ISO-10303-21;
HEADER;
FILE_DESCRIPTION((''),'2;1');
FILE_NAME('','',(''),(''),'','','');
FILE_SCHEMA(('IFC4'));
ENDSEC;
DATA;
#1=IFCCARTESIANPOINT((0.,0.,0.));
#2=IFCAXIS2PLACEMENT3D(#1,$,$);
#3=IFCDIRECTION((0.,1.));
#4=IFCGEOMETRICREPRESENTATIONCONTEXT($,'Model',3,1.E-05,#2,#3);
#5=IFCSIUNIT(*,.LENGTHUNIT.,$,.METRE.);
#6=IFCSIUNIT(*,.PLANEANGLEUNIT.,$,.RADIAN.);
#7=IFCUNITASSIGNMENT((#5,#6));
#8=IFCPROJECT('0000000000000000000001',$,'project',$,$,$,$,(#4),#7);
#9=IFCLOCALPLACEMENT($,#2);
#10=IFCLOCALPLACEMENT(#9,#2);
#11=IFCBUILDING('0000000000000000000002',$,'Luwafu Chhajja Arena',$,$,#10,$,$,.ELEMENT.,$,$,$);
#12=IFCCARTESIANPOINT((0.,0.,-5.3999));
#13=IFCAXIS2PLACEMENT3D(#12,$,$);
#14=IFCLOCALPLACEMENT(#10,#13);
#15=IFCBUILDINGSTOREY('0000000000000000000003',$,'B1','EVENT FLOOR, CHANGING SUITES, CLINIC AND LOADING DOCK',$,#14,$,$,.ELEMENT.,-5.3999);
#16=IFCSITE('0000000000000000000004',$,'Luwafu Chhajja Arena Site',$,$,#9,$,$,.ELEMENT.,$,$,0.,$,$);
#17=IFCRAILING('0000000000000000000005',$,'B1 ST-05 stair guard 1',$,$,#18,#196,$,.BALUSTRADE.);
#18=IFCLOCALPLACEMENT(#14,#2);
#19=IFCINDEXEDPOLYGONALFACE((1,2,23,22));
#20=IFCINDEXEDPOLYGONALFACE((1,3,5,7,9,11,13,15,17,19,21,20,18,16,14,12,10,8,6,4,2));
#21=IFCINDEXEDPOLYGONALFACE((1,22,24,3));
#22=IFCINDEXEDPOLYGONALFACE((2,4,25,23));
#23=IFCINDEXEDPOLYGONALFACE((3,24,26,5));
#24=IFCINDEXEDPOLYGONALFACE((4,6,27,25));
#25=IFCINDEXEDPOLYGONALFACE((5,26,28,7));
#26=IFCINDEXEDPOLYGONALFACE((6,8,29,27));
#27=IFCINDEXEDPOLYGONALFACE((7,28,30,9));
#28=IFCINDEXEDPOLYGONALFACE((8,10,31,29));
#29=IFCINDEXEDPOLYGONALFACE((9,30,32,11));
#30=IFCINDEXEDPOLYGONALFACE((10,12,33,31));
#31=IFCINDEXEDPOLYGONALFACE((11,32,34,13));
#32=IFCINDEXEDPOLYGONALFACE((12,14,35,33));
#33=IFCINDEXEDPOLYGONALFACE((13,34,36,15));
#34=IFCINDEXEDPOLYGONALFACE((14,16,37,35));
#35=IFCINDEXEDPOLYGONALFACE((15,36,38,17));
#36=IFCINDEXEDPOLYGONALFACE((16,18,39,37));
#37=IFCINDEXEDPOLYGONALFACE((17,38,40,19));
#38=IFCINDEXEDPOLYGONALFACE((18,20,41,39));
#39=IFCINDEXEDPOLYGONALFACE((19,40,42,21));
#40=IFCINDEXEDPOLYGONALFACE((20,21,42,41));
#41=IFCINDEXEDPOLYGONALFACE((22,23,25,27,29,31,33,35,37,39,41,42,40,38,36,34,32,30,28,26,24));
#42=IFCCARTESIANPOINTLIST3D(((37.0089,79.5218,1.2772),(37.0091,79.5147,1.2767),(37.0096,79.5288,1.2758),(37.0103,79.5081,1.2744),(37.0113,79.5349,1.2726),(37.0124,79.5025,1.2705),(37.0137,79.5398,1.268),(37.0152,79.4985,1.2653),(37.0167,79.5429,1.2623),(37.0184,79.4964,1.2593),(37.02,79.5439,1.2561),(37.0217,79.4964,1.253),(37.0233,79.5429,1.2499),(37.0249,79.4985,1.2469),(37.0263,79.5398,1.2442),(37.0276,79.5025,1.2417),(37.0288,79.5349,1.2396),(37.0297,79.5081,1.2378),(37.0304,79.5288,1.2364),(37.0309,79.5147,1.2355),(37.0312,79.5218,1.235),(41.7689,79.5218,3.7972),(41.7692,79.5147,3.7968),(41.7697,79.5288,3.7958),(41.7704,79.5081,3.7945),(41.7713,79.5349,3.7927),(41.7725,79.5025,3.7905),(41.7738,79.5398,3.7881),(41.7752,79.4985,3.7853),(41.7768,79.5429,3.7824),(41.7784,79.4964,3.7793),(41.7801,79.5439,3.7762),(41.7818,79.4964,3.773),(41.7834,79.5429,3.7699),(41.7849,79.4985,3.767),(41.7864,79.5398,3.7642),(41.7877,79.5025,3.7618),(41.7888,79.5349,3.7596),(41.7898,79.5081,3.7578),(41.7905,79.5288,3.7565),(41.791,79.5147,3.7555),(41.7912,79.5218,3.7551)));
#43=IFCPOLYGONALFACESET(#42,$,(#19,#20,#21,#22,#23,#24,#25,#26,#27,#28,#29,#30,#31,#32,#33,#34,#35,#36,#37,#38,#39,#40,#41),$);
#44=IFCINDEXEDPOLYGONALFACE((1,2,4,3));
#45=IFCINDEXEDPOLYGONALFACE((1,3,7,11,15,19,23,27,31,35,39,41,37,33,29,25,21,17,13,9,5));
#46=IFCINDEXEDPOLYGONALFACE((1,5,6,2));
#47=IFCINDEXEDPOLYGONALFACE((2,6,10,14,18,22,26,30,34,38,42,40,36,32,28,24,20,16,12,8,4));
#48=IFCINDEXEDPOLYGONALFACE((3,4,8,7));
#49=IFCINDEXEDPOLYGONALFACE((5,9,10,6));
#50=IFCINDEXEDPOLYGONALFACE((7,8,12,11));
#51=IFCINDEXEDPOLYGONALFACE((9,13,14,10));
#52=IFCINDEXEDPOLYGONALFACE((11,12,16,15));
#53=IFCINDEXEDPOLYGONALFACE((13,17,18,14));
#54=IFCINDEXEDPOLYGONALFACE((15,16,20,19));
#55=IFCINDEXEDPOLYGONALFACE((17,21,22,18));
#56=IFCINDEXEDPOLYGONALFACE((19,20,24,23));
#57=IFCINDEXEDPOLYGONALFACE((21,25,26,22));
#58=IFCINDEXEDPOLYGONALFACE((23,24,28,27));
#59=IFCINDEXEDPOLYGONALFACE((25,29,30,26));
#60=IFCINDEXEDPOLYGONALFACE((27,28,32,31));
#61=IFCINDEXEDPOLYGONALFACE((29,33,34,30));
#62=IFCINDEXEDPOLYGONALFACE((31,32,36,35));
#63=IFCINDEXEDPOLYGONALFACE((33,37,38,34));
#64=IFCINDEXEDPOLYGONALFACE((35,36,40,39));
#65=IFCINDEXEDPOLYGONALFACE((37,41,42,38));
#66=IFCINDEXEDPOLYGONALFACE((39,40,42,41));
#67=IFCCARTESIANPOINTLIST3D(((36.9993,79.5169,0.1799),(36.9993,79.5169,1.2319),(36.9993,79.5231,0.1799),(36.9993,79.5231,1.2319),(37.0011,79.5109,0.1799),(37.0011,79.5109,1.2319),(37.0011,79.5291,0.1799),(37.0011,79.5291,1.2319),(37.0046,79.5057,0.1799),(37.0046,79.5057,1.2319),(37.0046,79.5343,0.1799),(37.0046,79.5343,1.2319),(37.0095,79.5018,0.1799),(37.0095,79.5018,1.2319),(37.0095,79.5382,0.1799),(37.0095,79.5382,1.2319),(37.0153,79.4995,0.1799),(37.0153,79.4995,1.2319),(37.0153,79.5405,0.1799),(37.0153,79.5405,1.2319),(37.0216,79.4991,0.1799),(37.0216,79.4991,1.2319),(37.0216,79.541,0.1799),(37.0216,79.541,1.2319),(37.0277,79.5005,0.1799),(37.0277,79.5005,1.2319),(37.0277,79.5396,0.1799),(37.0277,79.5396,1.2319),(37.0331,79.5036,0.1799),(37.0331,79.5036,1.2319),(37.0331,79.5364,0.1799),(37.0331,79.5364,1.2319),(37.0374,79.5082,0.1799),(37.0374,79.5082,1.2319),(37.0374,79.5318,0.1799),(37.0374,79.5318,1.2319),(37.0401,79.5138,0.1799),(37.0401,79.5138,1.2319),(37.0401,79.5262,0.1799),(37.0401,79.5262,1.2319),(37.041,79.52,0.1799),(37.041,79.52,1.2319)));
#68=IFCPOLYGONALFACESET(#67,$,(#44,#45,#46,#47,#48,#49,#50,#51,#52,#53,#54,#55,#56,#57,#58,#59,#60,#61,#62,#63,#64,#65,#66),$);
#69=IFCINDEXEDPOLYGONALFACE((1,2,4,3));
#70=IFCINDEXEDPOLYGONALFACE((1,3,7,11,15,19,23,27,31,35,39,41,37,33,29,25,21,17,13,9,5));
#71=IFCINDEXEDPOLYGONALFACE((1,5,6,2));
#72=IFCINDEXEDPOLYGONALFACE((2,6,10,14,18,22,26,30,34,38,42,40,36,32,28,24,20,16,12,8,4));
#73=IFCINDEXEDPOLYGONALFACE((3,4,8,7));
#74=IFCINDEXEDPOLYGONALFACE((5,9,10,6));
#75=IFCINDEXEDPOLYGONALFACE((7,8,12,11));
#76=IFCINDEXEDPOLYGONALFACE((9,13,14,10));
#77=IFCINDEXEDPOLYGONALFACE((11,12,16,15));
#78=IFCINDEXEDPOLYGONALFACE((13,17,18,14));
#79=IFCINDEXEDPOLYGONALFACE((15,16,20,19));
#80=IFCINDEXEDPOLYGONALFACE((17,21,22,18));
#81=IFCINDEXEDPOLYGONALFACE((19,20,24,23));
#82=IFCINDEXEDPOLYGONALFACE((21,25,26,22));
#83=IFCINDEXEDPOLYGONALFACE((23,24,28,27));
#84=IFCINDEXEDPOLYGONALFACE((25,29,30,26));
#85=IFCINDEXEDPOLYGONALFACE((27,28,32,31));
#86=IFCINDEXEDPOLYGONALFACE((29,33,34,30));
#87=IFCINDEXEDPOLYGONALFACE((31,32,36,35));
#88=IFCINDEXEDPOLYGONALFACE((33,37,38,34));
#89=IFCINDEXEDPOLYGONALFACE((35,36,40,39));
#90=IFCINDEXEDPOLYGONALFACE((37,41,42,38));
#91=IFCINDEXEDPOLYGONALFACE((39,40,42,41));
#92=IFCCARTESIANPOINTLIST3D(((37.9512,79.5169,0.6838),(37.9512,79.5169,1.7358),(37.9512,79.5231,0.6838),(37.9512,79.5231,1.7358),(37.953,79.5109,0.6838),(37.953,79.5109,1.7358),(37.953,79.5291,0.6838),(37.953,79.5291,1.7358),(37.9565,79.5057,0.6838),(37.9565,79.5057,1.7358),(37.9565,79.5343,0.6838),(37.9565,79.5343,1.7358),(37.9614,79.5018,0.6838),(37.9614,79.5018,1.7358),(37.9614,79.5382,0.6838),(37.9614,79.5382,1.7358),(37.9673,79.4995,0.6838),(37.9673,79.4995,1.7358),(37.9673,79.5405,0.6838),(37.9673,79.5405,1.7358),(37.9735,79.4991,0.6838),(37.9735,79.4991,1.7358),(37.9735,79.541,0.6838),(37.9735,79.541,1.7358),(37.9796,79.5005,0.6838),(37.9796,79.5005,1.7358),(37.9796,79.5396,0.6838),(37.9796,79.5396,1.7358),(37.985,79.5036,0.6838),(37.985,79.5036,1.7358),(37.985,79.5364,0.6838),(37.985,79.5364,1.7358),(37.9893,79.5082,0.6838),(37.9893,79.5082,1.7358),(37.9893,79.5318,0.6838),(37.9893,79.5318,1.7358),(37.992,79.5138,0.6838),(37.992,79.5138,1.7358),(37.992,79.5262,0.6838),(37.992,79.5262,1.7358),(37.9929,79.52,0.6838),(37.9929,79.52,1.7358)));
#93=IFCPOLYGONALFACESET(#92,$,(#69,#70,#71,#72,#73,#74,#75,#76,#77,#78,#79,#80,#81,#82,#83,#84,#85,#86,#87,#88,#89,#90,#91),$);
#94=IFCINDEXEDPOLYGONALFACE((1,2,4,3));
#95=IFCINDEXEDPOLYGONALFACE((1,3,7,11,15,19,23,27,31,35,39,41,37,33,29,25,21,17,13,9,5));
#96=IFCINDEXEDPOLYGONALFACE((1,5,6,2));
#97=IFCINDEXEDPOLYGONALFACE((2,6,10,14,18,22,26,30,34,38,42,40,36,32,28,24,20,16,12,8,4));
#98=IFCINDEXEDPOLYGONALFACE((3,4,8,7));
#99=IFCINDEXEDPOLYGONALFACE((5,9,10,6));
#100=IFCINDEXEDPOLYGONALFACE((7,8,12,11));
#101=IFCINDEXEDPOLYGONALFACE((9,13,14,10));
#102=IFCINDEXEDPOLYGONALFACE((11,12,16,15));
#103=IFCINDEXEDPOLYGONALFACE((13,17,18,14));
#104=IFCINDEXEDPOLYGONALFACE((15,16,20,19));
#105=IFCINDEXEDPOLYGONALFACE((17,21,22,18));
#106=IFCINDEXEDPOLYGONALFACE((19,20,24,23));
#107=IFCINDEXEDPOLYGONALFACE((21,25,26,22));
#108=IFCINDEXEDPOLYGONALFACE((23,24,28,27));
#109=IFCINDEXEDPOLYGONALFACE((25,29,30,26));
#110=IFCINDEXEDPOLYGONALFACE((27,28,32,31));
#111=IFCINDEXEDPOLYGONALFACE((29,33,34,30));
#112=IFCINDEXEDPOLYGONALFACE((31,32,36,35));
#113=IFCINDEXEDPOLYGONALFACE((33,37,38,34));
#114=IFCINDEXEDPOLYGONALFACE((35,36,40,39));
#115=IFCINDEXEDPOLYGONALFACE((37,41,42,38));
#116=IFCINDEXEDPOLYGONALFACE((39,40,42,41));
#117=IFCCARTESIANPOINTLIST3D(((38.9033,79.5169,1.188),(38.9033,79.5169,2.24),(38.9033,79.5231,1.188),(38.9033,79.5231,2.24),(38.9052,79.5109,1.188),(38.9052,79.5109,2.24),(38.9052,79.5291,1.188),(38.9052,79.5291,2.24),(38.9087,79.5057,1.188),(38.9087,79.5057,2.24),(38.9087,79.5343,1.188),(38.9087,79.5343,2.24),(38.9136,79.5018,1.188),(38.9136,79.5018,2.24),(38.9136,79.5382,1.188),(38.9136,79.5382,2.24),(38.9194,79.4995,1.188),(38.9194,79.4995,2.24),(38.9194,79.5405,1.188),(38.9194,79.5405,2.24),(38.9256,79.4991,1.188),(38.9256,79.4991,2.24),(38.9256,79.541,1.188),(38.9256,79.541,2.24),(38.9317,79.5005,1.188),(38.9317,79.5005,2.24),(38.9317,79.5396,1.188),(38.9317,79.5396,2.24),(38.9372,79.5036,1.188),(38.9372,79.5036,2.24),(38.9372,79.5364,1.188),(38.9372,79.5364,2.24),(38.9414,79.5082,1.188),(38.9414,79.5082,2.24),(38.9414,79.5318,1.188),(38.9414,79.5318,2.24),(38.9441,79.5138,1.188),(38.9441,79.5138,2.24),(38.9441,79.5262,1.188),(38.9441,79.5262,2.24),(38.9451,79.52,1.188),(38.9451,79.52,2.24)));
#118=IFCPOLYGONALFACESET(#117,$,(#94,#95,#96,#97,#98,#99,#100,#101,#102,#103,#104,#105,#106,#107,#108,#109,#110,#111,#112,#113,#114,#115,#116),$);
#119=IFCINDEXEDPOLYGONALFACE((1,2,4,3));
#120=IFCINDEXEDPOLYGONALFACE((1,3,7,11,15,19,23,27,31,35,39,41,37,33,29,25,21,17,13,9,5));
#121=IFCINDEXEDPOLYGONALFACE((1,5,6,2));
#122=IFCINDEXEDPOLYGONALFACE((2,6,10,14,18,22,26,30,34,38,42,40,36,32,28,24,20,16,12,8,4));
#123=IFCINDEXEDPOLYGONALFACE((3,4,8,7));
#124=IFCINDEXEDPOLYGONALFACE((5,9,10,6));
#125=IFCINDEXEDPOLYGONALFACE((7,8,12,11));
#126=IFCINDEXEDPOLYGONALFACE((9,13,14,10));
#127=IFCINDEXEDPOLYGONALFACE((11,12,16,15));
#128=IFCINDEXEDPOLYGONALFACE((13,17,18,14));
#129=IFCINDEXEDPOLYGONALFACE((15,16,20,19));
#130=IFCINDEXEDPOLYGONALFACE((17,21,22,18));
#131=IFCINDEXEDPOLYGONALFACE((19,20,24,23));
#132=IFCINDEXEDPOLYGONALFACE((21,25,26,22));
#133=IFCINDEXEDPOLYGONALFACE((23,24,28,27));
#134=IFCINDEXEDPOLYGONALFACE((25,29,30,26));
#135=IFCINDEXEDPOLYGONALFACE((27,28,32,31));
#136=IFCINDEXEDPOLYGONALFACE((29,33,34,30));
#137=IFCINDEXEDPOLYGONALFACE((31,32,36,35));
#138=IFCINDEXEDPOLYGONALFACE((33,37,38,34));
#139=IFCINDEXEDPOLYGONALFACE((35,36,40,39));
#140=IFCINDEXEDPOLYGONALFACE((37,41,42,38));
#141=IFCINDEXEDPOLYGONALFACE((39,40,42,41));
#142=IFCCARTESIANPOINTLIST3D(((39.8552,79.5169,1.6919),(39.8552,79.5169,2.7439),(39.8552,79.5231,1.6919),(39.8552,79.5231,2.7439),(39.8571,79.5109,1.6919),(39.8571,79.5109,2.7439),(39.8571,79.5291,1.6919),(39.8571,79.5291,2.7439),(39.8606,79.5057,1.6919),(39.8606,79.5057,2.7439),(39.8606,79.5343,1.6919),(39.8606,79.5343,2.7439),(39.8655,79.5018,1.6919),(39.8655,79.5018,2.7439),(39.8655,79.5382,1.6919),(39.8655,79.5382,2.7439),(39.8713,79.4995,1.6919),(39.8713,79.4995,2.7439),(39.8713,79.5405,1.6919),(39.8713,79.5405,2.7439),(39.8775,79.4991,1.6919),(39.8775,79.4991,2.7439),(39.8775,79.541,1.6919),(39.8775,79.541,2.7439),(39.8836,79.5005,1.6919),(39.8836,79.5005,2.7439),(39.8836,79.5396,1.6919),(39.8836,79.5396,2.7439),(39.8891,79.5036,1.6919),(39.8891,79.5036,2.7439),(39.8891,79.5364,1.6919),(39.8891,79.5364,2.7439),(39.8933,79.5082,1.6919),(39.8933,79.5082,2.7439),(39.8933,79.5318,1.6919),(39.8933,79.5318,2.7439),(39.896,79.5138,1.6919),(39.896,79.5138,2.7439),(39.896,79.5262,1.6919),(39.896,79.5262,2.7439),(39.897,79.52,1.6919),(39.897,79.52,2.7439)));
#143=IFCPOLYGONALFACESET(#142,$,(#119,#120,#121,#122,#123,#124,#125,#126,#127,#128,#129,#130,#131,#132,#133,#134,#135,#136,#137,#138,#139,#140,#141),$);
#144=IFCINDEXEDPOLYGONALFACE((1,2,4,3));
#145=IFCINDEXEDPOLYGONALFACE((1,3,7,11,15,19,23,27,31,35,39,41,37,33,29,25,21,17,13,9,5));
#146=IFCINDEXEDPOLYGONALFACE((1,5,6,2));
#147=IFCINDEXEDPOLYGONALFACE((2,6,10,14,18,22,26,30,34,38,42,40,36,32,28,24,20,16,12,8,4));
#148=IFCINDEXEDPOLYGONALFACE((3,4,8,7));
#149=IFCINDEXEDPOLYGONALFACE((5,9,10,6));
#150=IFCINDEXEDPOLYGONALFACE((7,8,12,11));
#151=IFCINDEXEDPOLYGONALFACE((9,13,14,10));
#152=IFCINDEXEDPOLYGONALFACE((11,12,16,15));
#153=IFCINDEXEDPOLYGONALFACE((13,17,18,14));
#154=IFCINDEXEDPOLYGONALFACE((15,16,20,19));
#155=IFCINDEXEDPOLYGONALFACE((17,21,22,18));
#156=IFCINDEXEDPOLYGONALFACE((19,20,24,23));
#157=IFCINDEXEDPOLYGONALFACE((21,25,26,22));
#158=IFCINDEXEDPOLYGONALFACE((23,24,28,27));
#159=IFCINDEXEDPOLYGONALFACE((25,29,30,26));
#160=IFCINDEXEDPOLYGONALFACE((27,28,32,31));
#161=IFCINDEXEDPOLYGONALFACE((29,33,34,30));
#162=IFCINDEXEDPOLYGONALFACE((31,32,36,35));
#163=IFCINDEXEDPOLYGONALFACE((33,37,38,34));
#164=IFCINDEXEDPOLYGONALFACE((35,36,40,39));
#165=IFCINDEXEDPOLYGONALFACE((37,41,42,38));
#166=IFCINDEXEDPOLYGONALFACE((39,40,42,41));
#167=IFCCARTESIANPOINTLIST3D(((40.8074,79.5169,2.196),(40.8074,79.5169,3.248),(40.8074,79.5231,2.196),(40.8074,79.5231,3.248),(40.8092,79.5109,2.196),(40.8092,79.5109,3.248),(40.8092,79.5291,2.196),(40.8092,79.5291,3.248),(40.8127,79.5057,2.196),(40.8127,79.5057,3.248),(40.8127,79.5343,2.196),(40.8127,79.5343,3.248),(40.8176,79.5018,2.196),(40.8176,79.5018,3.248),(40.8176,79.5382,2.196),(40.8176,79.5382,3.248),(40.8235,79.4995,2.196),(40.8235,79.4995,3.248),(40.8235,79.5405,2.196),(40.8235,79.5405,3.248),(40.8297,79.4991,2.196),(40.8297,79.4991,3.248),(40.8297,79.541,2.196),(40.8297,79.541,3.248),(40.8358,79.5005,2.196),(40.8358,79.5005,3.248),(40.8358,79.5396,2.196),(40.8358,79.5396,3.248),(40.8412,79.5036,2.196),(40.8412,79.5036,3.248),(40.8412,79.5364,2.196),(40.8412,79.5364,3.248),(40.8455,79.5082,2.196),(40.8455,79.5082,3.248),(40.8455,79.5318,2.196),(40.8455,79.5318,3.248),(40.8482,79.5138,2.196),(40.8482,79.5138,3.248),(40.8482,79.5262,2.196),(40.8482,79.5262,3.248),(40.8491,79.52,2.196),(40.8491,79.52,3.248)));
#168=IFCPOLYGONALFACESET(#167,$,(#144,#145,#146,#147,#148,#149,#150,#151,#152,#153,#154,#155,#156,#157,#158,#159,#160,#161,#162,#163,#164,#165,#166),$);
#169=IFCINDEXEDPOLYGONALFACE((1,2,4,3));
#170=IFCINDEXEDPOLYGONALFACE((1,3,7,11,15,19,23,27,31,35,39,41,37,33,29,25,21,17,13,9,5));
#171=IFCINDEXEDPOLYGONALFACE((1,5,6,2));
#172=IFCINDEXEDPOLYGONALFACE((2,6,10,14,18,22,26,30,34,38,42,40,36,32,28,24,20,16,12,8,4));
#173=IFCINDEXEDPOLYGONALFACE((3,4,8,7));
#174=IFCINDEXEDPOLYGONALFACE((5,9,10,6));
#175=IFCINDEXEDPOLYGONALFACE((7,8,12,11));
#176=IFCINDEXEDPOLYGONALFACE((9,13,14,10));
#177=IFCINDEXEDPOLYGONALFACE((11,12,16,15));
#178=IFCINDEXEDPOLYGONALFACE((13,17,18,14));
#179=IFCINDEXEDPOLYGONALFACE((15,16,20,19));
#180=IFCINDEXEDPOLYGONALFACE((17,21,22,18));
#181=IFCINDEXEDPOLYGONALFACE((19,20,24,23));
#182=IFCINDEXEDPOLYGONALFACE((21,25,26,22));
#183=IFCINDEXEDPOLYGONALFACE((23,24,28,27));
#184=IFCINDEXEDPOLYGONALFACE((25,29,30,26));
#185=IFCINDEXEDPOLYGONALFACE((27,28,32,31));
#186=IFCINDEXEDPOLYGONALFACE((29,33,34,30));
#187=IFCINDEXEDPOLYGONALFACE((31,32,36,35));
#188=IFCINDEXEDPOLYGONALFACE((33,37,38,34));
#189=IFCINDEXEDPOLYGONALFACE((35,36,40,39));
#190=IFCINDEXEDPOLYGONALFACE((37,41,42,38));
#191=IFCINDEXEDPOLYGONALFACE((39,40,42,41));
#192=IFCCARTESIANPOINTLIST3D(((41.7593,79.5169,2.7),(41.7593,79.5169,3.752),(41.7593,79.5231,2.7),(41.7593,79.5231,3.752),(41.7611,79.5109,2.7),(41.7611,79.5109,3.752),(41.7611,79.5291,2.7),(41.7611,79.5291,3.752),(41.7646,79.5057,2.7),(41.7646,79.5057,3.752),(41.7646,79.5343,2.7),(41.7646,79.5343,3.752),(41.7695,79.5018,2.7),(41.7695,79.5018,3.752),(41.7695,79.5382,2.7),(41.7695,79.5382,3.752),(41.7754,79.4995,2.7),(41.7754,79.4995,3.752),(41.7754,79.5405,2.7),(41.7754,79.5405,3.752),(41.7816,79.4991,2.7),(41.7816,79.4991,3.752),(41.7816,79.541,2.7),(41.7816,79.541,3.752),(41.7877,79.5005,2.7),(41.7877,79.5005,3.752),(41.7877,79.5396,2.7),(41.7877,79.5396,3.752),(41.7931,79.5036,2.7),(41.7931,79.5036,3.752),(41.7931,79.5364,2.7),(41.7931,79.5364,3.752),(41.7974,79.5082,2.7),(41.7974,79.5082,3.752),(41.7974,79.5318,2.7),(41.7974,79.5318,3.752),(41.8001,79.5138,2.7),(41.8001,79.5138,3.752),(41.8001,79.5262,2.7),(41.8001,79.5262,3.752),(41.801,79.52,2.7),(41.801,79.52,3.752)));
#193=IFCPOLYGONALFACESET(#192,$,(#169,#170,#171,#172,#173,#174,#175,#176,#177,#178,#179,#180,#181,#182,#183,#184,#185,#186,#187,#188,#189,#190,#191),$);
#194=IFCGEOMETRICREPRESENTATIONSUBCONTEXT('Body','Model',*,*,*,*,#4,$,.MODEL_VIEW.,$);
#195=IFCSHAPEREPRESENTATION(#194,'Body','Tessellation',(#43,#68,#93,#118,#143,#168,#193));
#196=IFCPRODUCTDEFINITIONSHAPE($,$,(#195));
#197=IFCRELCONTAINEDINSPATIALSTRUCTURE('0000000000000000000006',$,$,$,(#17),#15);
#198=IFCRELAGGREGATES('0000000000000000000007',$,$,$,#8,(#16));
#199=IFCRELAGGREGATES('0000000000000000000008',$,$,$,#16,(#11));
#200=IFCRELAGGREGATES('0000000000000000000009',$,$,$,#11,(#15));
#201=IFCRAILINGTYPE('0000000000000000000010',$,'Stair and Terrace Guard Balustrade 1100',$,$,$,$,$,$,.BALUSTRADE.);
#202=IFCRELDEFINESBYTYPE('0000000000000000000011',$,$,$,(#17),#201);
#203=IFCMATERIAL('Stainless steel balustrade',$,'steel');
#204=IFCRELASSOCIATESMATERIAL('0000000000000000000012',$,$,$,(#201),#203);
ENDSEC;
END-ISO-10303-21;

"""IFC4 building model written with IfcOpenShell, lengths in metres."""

from ifc_helpers import new_model, si_unit, direction, frame, origin, origin_2d, place, context, subcontext, project, spatial, circle, extrude, material, type_object, element, save


model = new_model("IFC4")

# Units and contexts
model_context = context("Model", 3, precision=1e-05, world=origin(), true_north=direction((0.0, 1.0)))
body_context = subcontext(model_context, "Body", "Model", "MODEL_VIEW")
ifc_project = project(units=[si_unit("LENGTHUNIT", "METRE"), si_unit("PLANEANGLEUNIT", "RADIAN")], contexts=[model_context])

# Site, building, storey
site_placement = place(None, origin())
site = spatial("IfcSite", under=ifc_project, at=site_placement, Name="Luwafu Chhajja Arena Site", CompositionType="ELEMENT", RefElevation=0.0)
building_placement = place(site_placement, origin())
building = spatial("IfcBuilding", under=site, at=building_placement, Name="Luwafu Chhajja Arena", CompositionType="ELEMENT")
storey_placement = place(building_placement, frame((0.0, 0.0, -5.3999)))
storey = spatial("IfcBuildingStorey", under=building, at=storey_placement, Name="B1", Description="EVENT FLOOR, CHANGING SUITES, CLINIC AND LOADING DOCK", CompositionType="ELEMENT", Elevation=-5.3999)

# Railing
ifc_material_1 = material(Name="Stainless steel balustrade", Category="steel")
railing_type_1 = type_object("IfcRailingType", Name="Stair and Terrace Guard Balustrade 1100", PredefinedType="BALUSTRADE", material=ifc_material_1)
railing_1_placement = place(storey_placement, frame((37.02, 79.52, 0.1799)))
element("IfcRailing", 1, at=railing_1_placement, inside=storey, type_object=railing_type_1, Name="B1 ST-05 stair guard 1", PredefinedType="BALUSTRADE", context=body_context, shape_type="SweptSolid", body=[
    extrude(circle(Radius=0.0239, at=origin_2d()), frame((0.0, 0.0, 1.0762), z_axis=(0.883787, 0.0, 0.46789), x_axis=(0.0, 1.0, 0.0)), (0.0, 0.0, 1.0), 5.386),
    extrude(circle(Radius=0.021, at=origin_2d()), origin(), (0.0, 0.0, 1.0), 1.052),
    extrude(circle(Radius=0.021, at=origin_2d()), frame((0.9519, 0.0, 0.5039)), (0.0, 0.0, 1.0), 1.052),
    extrude(circle(Radius=0.021, at=origin_2d()), frame((1.9041, 0.0, 1.0081)), (0.0, 0.0, 1.0), 1.052),
    extrude(circle(Radius=0.021, at=origin_2d()), frame((2.856, 0.0, 1.512)), (0.0, 0.0, 1.0), 1.052),
    extrude(circle(Radius=0.021, at=origin_2d()), frame((3.8081, 0.0, 2.0161)), (0.0, 0.0, 1.0), 1.052),
    extrude(circle(Radius=0.021, at=origin_2d()), frame((4.76, 0.0, 2.52)), (0.0, 0.0, 1.0), 1.052),
])

save(model, "model.ifc")
